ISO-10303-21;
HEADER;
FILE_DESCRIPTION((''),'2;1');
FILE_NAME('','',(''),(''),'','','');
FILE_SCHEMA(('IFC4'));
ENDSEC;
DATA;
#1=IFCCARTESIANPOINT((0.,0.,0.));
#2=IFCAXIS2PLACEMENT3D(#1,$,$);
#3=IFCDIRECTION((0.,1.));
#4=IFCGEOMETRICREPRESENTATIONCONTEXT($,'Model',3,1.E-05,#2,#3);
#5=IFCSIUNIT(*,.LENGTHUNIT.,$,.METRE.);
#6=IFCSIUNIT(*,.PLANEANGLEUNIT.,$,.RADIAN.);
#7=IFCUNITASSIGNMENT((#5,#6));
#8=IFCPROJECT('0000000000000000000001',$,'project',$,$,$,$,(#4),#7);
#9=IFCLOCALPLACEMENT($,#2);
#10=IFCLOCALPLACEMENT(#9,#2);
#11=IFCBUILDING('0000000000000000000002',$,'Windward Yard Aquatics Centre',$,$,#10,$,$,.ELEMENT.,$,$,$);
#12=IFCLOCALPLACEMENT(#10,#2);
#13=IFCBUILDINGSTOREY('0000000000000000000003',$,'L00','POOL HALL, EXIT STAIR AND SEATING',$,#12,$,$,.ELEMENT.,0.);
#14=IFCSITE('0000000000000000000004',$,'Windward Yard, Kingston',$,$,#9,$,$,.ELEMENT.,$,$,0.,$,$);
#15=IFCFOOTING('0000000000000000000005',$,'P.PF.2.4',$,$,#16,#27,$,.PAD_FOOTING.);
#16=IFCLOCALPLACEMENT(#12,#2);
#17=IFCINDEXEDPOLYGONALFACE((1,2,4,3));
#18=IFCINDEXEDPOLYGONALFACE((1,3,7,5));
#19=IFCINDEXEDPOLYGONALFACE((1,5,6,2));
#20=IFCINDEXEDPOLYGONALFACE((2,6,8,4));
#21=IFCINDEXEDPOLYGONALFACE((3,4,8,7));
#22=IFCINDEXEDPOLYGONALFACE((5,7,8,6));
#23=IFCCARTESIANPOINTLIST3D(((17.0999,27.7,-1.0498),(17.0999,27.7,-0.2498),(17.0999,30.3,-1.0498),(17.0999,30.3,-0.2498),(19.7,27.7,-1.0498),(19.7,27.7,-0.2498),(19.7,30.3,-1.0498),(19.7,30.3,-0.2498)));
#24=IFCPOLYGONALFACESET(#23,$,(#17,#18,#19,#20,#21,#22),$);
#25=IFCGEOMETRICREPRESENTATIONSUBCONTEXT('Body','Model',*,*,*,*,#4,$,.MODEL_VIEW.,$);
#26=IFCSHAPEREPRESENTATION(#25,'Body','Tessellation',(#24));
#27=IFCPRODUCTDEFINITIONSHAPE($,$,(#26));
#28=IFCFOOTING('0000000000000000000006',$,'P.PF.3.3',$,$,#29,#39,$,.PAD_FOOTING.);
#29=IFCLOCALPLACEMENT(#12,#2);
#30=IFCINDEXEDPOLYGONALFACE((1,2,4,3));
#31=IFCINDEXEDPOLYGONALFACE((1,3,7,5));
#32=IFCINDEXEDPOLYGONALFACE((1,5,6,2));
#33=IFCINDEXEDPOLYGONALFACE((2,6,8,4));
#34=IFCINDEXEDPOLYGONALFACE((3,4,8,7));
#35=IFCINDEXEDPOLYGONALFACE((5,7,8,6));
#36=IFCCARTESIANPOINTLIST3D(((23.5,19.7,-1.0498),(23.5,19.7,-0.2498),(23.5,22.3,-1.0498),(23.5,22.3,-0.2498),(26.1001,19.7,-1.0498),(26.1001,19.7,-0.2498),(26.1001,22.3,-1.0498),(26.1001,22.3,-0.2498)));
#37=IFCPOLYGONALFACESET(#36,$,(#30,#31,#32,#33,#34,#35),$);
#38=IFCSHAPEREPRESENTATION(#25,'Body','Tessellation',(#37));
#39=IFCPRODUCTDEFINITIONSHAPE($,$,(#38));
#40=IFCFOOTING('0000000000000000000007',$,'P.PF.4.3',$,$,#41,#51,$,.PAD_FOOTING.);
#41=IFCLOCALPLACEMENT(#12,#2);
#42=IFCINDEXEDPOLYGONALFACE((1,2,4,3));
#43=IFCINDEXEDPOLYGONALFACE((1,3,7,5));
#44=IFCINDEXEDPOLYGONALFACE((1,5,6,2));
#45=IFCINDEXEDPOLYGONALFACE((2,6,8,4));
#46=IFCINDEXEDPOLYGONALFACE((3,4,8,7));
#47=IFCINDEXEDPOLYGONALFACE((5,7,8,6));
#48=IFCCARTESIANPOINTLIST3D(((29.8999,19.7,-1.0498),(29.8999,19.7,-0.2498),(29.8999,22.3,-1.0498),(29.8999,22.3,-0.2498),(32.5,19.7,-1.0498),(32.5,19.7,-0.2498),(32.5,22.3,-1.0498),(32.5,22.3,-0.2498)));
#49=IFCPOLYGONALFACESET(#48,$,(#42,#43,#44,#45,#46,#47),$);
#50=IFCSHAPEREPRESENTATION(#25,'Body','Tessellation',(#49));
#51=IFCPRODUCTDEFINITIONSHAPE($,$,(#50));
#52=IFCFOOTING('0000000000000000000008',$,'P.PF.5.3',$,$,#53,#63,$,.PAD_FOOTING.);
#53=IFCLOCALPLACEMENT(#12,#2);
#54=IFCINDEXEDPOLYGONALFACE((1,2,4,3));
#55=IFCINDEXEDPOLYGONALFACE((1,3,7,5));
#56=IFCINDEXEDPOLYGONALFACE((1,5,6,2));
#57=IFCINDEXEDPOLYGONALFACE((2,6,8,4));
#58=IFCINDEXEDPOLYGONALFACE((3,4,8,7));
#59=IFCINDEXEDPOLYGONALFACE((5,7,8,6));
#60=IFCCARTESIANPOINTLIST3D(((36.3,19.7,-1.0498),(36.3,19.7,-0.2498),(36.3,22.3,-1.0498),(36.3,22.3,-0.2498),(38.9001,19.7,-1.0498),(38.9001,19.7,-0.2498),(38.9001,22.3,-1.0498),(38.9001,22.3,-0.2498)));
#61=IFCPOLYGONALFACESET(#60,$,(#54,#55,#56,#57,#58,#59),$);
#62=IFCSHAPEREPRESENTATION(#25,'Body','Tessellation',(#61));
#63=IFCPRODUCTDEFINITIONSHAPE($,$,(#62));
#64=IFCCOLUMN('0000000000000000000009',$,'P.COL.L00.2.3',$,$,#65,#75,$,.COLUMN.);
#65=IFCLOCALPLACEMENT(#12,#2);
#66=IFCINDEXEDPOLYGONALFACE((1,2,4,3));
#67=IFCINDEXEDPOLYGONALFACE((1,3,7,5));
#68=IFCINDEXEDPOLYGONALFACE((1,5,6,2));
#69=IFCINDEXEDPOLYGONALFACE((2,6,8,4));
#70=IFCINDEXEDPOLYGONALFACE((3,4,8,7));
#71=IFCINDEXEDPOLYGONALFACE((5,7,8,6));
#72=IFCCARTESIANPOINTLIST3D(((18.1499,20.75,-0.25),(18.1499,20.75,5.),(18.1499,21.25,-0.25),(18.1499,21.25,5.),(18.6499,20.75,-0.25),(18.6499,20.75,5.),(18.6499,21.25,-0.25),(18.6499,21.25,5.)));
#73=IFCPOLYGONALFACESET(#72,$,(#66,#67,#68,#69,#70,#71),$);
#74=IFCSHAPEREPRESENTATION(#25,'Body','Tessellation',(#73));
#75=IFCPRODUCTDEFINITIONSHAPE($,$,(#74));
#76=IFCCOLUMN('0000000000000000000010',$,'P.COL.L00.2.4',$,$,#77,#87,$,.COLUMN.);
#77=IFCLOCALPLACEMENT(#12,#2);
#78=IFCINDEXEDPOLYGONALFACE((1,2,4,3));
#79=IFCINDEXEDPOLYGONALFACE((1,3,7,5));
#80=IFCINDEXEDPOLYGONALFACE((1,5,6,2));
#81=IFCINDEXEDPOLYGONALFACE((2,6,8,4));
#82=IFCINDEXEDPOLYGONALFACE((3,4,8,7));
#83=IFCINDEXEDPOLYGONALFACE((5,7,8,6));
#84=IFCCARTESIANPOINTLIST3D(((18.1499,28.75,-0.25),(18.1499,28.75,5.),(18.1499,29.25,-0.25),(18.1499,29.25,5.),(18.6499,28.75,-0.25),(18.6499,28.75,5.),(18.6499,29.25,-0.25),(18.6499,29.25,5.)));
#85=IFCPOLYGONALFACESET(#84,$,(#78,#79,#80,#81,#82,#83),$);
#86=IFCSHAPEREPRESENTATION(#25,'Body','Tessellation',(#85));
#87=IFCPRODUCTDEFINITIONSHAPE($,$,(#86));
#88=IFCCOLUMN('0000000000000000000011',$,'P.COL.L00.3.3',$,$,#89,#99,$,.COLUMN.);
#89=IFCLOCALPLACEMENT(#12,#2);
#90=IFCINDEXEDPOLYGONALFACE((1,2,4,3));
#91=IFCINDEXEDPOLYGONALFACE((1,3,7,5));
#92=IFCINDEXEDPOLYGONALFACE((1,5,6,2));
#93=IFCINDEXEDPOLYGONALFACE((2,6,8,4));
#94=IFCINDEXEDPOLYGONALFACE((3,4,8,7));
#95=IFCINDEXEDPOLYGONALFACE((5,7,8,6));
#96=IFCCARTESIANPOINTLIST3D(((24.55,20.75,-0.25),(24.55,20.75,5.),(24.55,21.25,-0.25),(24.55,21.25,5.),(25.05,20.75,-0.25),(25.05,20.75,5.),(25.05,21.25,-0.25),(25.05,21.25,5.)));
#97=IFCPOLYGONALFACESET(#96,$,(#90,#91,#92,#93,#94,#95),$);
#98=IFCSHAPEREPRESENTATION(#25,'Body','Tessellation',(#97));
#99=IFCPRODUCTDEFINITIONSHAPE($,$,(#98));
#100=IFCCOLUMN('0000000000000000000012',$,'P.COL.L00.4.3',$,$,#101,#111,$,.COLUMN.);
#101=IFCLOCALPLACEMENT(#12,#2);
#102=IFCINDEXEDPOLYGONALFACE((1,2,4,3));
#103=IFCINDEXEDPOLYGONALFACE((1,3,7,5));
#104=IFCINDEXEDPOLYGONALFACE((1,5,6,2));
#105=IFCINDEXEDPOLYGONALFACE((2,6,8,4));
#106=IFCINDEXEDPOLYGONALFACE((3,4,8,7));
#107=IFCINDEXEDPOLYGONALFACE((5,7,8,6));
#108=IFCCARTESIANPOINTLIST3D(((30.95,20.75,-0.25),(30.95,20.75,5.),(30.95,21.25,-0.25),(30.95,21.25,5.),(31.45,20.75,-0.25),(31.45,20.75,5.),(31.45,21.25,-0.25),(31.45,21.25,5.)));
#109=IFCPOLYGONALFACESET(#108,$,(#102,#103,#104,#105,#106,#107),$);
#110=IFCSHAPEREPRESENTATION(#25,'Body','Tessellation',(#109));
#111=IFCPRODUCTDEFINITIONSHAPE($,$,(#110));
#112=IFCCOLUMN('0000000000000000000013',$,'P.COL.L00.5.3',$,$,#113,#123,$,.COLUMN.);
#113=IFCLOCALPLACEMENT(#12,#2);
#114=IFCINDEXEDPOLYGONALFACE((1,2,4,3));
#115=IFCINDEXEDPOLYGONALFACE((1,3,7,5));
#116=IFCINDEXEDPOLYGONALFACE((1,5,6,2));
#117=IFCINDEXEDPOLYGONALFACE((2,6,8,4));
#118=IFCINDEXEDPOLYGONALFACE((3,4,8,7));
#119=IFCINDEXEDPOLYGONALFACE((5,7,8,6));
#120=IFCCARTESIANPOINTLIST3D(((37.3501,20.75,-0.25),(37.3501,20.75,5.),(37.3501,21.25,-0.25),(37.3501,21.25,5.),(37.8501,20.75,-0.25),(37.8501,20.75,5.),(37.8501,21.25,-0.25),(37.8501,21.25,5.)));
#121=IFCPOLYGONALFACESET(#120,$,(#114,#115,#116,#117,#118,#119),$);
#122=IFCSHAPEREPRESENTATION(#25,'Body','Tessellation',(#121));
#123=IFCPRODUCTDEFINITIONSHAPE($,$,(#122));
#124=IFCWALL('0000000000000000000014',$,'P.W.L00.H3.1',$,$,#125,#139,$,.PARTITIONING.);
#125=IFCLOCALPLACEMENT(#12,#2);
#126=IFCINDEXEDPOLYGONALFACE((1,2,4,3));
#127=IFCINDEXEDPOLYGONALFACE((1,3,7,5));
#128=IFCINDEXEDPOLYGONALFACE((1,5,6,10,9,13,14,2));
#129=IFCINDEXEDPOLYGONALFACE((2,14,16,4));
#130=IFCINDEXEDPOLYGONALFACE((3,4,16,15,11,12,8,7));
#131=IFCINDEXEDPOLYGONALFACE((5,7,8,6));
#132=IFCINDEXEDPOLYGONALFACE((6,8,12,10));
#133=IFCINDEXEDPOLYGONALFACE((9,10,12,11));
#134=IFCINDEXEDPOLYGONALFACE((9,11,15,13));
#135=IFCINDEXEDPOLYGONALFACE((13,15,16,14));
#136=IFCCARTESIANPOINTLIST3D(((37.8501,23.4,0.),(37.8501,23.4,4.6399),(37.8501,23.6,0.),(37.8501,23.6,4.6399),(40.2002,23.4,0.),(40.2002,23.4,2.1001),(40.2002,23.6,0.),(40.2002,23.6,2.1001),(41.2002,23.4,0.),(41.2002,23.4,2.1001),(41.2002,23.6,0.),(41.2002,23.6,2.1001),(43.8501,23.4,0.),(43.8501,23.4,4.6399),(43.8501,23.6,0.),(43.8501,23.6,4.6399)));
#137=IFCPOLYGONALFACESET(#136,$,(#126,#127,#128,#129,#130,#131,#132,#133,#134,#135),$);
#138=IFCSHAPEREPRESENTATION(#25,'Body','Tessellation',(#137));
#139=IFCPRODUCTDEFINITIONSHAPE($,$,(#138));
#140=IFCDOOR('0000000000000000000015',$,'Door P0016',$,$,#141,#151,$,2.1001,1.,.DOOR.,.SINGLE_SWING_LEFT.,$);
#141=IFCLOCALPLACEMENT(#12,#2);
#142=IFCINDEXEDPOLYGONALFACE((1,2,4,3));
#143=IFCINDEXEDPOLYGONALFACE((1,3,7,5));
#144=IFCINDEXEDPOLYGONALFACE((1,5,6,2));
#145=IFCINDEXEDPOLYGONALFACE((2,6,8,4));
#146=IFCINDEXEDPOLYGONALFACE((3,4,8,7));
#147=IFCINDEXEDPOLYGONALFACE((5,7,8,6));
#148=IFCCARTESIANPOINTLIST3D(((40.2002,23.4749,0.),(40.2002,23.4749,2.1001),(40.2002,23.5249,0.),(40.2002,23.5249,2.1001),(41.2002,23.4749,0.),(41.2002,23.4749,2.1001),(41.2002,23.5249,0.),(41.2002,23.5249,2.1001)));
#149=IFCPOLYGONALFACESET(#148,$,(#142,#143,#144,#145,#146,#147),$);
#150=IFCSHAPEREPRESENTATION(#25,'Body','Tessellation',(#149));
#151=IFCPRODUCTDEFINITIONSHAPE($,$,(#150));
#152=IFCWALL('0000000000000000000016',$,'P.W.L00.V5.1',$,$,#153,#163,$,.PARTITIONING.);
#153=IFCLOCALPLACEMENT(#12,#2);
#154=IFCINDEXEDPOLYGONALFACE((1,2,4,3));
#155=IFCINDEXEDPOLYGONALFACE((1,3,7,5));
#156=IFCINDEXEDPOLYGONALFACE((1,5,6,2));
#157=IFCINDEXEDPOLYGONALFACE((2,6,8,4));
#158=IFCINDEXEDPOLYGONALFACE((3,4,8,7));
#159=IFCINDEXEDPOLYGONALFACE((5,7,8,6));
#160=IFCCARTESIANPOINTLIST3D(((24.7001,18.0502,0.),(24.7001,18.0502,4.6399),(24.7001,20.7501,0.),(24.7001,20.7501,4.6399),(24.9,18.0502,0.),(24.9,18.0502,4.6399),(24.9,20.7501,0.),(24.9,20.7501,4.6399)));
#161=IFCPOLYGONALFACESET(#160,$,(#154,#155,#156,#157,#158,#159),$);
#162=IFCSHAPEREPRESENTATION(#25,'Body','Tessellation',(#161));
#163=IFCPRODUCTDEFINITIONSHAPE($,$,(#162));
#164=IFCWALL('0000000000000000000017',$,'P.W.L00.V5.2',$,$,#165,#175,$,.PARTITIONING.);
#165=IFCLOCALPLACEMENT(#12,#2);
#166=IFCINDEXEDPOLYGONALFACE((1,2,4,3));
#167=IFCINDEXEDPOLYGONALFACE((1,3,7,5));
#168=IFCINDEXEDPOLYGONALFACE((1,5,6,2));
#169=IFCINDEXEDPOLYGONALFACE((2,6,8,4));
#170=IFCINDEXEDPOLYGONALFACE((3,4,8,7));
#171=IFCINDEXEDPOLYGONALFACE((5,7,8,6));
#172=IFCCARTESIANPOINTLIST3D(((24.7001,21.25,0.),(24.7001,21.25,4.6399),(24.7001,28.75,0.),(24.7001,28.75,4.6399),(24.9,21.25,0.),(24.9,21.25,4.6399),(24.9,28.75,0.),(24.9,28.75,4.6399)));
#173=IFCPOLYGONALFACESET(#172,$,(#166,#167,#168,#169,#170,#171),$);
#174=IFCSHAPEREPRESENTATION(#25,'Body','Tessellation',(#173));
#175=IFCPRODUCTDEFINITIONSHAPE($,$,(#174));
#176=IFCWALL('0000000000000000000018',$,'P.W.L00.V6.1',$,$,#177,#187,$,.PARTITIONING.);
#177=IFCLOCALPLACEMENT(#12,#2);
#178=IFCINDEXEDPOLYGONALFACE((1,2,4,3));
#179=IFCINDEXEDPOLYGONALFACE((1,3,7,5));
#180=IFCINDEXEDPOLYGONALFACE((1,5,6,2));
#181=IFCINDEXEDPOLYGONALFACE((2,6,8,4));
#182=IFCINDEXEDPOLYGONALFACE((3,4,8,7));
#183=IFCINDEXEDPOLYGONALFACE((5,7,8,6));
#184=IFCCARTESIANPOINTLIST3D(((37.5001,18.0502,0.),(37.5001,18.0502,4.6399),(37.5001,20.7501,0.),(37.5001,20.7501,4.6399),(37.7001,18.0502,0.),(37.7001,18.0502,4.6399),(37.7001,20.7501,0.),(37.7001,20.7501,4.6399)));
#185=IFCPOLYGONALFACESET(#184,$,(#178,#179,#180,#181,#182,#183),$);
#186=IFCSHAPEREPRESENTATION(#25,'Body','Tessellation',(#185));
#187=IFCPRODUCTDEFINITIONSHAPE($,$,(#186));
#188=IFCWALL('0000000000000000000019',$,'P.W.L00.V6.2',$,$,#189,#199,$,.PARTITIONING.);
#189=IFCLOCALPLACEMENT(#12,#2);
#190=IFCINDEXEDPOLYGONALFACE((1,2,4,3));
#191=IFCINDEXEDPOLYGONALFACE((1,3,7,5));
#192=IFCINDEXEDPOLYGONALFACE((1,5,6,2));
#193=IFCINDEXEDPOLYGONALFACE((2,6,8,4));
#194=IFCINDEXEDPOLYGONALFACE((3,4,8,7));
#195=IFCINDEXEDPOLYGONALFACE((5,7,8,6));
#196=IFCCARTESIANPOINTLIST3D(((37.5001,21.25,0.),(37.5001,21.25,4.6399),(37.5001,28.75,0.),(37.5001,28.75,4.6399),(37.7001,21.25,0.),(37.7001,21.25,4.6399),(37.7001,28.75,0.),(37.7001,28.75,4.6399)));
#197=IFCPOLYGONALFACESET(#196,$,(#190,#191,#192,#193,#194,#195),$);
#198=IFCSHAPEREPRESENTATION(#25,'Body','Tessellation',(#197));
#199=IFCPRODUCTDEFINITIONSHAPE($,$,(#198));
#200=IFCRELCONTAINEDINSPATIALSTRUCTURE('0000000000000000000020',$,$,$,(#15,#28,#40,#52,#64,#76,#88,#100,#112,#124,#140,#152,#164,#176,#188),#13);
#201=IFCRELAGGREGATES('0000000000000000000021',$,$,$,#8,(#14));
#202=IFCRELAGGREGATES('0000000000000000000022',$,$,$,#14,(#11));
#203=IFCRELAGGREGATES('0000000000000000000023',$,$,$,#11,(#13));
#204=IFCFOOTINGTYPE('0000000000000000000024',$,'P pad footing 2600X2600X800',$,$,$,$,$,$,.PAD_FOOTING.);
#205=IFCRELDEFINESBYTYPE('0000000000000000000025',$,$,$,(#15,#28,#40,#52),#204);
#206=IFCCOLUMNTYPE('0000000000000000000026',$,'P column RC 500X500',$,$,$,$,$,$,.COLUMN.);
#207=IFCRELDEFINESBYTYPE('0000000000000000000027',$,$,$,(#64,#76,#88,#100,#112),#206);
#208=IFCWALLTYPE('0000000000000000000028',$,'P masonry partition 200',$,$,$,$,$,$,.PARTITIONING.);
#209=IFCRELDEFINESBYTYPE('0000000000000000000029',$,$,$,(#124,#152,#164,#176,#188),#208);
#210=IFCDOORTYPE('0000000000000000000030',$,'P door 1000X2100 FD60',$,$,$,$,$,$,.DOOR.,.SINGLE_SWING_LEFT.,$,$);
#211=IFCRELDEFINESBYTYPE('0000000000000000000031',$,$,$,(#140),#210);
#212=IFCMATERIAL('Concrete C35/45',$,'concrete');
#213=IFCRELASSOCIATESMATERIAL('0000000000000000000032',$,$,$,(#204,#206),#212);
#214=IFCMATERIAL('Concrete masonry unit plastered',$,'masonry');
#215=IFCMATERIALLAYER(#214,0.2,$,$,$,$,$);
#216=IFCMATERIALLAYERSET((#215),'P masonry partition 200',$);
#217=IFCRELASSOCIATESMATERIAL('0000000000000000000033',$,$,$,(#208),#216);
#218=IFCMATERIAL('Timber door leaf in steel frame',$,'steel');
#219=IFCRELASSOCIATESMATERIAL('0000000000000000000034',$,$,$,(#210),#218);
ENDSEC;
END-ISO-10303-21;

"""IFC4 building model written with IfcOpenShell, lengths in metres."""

from ifc_helpers import new_model, si_unit, direction, frame, frame_2d, origin, origin_2d, place, context, subcontext, project, spatial, rectangle, extrude, material, layer, layer_set, material_profile, profile_set, type_object, element, fill, save


model = new_model("IFC4")

# Units and contexts
model_context = context("Model", 3, precision=1e-05, world=origin(), true_north=direction((0.0, 1.0)))
body_context = subcontext(model_context, "Body", "Model", "MODEL_VIEW")
ifc_project = project(units=[si_unit("LENGTHUNIT", "METRE"), si_unit("PLANEANGLEUNIT", "RADIAN")], contexts=[model_context])

# Site, building, storey
site_placement = place(None, origin())
site = spatial("IfcSite", under=ifc_project, at=site_placement, Name="Windward Yard, Kingston", CompositionType="ELEMENT", RefElevation=0.0)
building_placement = place(site_placement, origin())
building = spatial("IfcBuilding", under=site, at=building_placement, Name="Windward Yard Aquatics Centre", CompositionType="ELEMENT")
storey_placement = place(building_placement, origin())
storey = spatial("IfcBuildingStorey", under=building, at=storey_placement, Name="L00", Description="POOL HALL, EXIT STAIR AND SEATING", CompositionType="ELEMENT", Elevation=0.0)

# Footings
ifc_material_1 = material(Name="Concrete C35/45", Category="concrete")
footing_type = type_object("IfcFootingType", Name="P pad footing 2600X2600X800", PredefinedType="PAD_FOOTING", material=ifc_material_1)
for number, where, z_axis, x_axis, name in (
    (1, (18.3999, 29.0, -1.0498), (0.0, 0.0, 1.0), (1.0, 0.0, 0.0), "P.PF.2.4"),
    (2, (24.8, 21.0, -1.0498), (0.0, 0.0, 1.0), (1.0, 0.0, 0.0), "P.PF.3.3"),
    (3, (31.2, 21.0, -1.0498), (0.0, 0.0, 1.0), (1.0, 0.0, 0.0), "P.PF.4.3"),
    (4, (37.6001, 21.0, -1.0498), (0.0, 0.0, 1.0), (1.0, 0.0, 0.0), "P.PF.5.3"),
):
    element("IfcFooting", number, at=place(storey_placement, frame(where, z_axis=z_axis, x_axis=x_axis)), inside=storey, type_object=footing_type, Name=name, PredefinedType="PAD_FOOTING", context=body_context, shape_type="SweptSolid", body=[
        extrude(rectangle(XDim=2.6001, YDim=2.6001, at=origin_2d()), origin(), (0.0, 0.0, 1.0), 0.8),
    ])

# Columns
ifc_material_profile = material_profile(ifc_material_1, rectangle(XDim=0.5, YDim=0.5, at=origin_2d()), Name="RC 500X500")
ifc_profile_set = profile_set([ifc_material_profile], Name="Concrete C35/45")
column_type = type_object("IfcColumnType", Name="P column RC 500X500", PredefinedType="COLUMN", material=ifc_profile_set)
for number, where, z_axis, x_axis, name in (
    (5, (18.3999, 21.0, -0.25), (0.0, 0.0, 1.0), (1.0, 0.0, 0.0), "P.COL.L00.2.3"),
    (6, (18.3999, 29.0, -0.25), (0.0, 0.0, 1.0), (1.0, 0.0, 0.0), "P.COL.L00.2.4"),
    (7, (24.8, 21.0, -0.25), (0.0, 0.0, 1.0), (1.0, 0.0, 0.0), "P.COL.L00.3.3"),
    (8, (31.2, 21.0, -0.25), (0.0, 0.0, 1.0), (1.0, 0.0, 0.0), "P.COL.L00.4.3"),
    (9, (37.6001, 21.0, -0.25), (0.0, 0.0, 1.0), (1.0, 0.0, 0.0), "P.COL.L00.5.3"),
):
    element("IfcColumn", number, at=place(storey_placement, frame(where, z_axis=z_axis, x_axis=x_axis)), inside=storey, type_object=column_type, Name=name, PredefinedType="COLUMN", context=body_context, shape_type="SweptSolid", body=[
        extrude(rectangle(XDim=0.5, YDim=0.5, at=origin_2d()), origin(), (0.0, 0.0, 1.0), 5.25),
    ])

# Wall, opening, door
ifc_material_2 = material(Name="Concrete masonry unit plastered", Category="masonry")
ifc_layer_1 = layer(ifc_material_2, 0.2)
ifc_layer_set_1 = layer_set([ifc_layer_1], Name="P masonry partition 200")
wall_type_1 = type_object("IfcWallType", Name="P masonry partition 200", PredefinedType="PARTITIONING", material=ifc_layer_set_1)
wall_1_placement = place(storey_placement, frame((37.8501, 23.5, 0.0), z_axis=(0.0, 0.0, 1.0), x_axis=(1.0, 0.0, 0.0)))
wall_1 = element("IfcWall", 10, at=wall_1_placement, inside=storey, type_object=wall_type_1, Name="P.W.L00.H3.1", PredefinedType="PARTITIONING", context=body_context, shape_type="SweptSolid", body=[
    extrude(rectangle(XDim=6.0, YDim=0.2, at=frame_2d((3.0, 0.0))), origin(), (0.0, 0.0, 1.0), 4.6399),
])
opening_placement = place(wall_1_placement, frame((2.3501, 0.0, 0.0)))
opening = element("IfcOpeningElement", 11, at=opening_placement, cuts=wall_1, PredefinedType="OPENING", context=body_context, shape_type="SweptSolid", body=[
    extrude(rectangle(XDim=1.0, YDim=2.1001, at=frame_2d((0.5, 1.05))), frame((0.0, 0.1099, 0.0), z_axis=(0.0, -1.0, 0.0), x_axis=(1.0, 0.0, 0.0)), (0.0, 0.0, 1.0), 0.22),
])
ifc_material_3 = material(Name="Timber door leaf in steel frame", Category="steel")
door_type = type_object("IfcDoorType", Name="P door 1000X2100 FD60", OperationType="SINGLE_SWING_LEFT", PredefinedType="DOOR", material=ifc_material_3)
door_placement = place(opening_placement, origin())
door = element("IfcDoor", 12, at=door_placement, inside=storey, type_object=door_type, Name="Door P0016", OperationType="SINGLE_SWING_LEFT", OverallHeight=2.1001, OverallWidth=1.0, PredefinedType="DOOR", context=body_context, shape_type="SweptSolid", body=[
    extrude(rectangle(XDim=1.0, YDim=2.1001, at=frame_2d((0.5, 1.05))), frame((0.0, 0.0249, 0.0), z_axis=(0.0, -1.0, 0.0), x_axis=(1.0, 0.0, 0.0)), (0.0, 0.0, 1.0), 0.05),
])
fill(opening, door)

# Walls
wall_2_placement = place(storey_placement, frame((24.8, 18.05, 0.0), z_axis=(0.0, 0.0, 1.0), x_axis=(0.0, 1.0, 0.0)))
element("IfcWall", 13, at=wall_2_placement, inside=storey, type_object=wall_type_1, Name="P.W.L00.V5.1", PredefinedType="PARTITIONING", context=body_context, shape_type="SweptSolid", body=[
    extrude(rectangle(XDim=2.7, YDim=0.2, at=frame_2d((1.3501, 0.0))), origin(), (0.0, 0.0, 1.0), 4.6399),
])
wall_3_placement = place(storey_placement, frame((24.8, 21.25, 0.0), z_axis=(0.0, 0.0, 1.0), x_axis=(0.0, 1.0, 0.0)))
element("IfcWall", 14, at=wall_3_placement, inside=storey, type_object=wall_type_1, Name="P.W.L00.V5.2", PredefinedType="PARTITIONING", context=body_context, shape_type="SweptSolid", body=[
    extrude(rectangle(XDim=7.5, YDim=0.2, at=frame_2d((3.75, 0.0))), origin(), (0.0, 0.0, 1.0), 4.6399),
])
wall_4_placement = place(storey_placement, frame((37.6001, 18.05, 0.0), z_axis=(0.0, 0.0, 1.0), x_axis=(0.0, 1.0, 0.0)))
element("IfcWall", 15, at=wall_4_placement, inside=storey, type_object=wall_type_1, Name="P.W.L00.V6.1", PredefinedType="PARTITIONING", context=body_context, shape_type="SweptSolid", body=[
    extrude(rectangle(XDim=2.7, YDim=0.2, at=frame_2d((1.3501, 0.0))), origin(), (0.0, 0.0, 1.0), 4.6399),
])
wall_5_placement = place(storey_placement, frame((37.6001, 21.25, 0.0), z_axis=(0.0, 0.0, 1.0), x_axis=(0.0, 1.0, 0.0)))
element("IfcWall", 16, at=wall_5_placement, inside=storey, type_object=wall_type_1, Name="P.W.L00.V6.2", PredefinedType="PARTITIONING", context=body_context, shape_type="SweptSolid", body=[
    extrude(rectangle(XDim=7.5, YDim=0.2, at=frame_2d((3.75, 0.0))), origin(), (0.0, 0.0, 1.0), 4.6399),
])

save(model, "model.ifc")
